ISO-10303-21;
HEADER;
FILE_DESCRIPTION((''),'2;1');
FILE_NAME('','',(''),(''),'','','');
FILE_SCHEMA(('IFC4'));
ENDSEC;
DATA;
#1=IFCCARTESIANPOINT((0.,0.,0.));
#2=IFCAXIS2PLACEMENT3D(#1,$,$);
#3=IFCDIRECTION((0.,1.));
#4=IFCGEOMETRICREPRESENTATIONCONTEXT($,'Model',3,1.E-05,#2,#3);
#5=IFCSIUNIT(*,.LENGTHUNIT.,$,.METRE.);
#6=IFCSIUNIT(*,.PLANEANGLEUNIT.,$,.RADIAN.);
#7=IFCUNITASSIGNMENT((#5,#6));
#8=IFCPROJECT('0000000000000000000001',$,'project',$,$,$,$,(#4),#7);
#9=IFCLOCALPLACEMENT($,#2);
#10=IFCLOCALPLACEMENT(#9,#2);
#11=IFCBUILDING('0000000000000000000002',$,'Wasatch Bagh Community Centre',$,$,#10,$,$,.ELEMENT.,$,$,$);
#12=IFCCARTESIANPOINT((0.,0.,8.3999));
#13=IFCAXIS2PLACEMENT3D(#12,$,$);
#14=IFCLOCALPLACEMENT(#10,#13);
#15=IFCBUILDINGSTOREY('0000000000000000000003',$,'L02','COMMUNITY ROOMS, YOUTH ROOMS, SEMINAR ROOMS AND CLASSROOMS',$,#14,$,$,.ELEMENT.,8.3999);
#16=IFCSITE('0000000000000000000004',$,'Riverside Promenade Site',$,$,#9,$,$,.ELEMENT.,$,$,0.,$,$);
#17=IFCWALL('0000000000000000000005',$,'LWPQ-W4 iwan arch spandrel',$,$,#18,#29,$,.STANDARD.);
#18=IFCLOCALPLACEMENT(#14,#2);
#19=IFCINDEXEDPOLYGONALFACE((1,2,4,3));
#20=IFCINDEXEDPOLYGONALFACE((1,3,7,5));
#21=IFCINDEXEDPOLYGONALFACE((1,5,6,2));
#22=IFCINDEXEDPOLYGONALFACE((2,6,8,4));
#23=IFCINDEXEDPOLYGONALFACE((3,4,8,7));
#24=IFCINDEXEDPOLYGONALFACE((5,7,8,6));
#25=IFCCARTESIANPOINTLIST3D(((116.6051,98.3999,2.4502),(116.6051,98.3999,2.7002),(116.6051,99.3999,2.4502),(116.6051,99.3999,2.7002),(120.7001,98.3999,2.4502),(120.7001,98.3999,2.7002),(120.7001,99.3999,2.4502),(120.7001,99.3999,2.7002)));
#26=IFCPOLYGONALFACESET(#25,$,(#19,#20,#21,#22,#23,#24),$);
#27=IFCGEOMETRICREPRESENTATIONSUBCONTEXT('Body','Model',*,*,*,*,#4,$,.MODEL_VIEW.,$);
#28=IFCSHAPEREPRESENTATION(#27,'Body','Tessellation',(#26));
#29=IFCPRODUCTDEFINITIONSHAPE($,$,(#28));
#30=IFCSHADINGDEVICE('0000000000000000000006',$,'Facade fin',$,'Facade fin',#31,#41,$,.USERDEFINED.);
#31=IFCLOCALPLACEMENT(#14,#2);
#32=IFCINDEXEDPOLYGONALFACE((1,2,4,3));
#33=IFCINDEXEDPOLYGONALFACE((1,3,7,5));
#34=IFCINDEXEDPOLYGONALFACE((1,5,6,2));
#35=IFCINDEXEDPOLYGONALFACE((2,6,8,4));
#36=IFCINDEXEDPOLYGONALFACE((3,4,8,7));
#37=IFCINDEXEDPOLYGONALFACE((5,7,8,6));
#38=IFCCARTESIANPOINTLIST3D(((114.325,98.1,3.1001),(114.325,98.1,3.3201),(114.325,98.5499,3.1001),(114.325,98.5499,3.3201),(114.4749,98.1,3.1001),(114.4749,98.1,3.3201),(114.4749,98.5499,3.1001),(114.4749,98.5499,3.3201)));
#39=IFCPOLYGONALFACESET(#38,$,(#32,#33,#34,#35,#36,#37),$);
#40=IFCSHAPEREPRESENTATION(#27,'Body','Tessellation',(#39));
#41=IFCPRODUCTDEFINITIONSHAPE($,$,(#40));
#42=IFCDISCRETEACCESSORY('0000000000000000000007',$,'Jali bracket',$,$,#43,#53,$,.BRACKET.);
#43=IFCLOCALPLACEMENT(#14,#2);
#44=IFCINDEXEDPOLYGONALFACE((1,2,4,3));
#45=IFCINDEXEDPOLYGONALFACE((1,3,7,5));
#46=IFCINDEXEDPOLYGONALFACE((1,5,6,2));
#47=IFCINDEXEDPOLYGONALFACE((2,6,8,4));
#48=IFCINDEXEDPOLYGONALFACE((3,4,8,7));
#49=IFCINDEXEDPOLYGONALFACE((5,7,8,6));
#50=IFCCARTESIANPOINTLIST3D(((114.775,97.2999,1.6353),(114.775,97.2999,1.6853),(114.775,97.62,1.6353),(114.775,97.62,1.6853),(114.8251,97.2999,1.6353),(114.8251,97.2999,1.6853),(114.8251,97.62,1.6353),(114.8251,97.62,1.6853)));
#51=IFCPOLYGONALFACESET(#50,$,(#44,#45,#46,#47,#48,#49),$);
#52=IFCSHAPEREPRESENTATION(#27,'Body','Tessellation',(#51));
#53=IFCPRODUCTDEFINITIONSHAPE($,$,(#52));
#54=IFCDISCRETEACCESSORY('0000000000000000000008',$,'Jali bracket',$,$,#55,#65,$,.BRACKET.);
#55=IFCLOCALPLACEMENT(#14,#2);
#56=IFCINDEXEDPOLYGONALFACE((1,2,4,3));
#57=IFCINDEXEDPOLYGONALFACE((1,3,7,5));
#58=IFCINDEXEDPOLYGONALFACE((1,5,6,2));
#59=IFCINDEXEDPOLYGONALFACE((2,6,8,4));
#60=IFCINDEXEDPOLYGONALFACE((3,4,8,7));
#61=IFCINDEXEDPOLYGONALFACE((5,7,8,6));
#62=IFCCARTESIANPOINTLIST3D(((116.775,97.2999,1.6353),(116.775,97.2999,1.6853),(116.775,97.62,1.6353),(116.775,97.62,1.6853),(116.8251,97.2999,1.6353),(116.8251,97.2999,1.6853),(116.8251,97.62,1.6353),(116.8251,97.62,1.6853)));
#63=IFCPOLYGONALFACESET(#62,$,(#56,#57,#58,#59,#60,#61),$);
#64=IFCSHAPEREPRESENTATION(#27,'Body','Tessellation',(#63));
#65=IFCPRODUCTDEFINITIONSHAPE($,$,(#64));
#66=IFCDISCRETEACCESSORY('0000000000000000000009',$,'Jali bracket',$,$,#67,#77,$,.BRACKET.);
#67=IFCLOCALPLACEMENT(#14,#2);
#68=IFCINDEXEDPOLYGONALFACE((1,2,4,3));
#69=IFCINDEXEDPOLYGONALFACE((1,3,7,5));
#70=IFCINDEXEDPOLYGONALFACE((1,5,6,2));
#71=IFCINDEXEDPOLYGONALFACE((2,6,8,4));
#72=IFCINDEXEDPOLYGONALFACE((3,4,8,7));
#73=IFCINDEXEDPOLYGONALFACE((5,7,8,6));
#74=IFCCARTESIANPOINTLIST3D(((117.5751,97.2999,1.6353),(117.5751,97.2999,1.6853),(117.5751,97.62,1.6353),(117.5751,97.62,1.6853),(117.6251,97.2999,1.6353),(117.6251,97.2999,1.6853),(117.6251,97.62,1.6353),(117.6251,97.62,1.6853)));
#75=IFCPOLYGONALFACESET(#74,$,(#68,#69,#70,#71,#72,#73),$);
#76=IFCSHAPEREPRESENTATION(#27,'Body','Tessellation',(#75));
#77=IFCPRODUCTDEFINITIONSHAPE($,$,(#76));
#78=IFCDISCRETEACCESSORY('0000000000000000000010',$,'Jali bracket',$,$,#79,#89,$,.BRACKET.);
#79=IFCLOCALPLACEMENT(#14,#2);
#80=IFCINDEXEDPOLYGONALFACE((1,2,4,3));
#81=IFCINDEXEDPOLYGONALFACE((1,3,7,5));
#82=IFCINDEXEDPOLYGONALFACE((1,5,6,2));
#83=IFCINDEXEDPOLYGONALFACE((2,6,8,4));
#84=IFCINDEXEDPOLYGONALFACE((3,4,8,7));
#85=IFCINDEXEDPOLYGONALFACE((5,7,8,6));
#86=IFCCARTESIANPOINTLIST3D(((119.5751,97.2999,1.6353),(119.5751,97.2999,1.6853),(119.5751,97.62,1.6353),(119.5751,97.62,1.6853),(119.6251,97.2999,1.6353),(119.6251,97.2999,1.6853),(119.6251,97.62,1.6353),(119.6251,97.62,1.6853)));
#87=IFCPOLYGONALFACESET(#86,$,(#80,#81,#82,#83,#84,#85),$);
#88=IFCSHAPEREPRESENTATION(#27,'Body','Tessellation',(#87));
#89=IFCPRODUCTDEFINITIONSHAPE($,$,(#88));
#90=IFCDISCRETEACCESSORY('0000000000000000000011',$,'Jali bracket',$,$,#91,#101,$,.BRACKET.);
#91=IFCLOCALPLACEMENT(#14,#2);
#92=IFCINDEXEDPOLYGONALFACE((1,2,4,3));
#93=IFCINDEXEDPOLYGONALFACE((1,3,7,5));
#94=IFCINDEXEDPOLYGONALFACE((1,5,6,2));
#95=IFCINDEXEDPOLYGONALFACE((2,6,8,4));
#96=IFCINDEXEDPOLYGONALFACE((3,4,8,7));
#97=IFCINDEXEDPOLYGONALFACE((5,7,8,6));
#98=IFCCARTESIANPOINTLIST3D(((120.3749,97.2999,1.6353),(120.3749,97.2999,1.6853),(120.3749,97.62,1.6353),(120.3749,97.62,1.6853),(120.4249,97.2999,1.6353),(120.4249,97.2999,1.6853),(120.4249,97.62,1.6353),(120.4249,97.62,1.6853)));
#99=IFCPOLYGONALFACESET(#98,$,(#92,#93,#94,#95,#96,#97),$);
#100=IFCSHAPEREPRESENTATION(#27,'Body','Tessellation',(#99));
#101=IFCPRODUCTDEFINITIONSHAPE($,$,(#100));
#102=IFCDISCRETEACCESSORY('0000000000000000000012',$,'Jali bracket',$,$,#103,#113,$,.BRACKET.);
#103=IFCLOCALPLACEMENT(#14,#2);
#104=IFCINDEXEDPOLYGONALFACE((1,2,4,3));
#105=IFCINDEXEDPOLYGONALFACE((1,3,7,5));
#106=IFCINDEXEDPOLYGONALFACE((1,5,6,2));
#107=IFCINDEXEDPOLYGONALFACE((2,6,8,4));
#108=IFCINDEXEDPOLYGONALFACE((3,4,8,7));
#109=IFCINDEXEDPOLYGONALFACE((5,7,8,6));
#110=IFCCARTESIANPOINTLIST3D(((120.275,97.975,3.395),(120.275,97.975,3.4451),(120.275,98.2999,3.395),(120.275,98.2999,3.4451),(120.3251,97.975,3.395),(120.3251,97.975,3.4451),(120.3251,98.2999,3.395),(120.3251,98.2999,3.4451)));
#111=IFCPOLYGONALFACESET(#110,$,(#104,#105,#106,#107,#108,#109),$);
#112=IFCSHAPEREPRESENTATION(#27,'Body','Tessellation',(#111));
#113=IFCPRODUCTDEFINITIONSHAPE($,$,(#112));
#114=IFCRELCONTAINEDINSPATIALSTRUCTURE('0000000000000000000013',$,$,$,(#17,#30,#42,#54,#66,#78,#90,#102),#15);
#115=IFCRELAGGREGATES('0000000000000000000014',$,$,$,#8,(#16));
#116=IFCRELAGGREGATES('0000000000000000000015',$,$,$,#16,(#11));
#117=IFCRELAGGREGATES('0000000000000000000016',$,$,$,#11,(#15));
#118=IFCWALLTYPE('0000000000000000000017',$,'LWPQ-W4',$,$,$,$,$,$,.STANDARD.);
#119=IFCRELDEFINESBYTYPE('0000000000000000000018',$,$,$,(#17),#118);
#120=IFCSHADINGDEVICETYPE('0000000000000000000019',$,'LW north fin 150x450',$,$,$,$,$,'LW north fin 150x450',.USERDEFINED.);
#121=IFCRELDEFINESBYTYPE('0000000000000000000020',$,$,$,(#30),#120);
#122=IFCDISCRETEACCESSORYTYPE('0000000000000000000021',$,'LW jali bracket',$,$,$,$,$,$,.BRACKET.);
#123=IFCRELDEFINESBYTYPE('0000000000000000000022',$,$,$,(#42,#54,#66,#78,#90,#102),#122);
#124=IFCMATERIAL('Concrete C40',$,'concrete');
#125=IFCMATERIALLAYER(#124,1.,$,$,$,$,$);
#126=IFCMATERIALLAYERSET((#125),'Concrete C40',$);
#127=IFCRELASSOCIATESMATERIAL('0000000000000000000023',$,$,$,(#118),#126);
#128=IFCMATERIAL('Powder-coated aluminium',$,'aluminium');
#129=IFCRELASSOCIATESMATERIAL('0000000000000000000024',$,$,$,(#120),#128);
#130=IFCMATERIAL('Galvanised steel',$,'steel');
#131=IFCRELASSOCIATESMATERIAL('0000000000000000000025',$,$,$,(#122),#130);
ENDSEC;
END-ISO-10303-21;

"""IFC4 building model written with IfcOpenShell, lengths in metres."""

from ifc_helpers import new_model, si_unit, direction, frame, frame_2d, origin, origin_2d, place, context, subcontext, project, spatial, rectangle, extrude, material, layer, layer_set, type_object, element, save


model = new_model("IFC4")

# Units and contexts
model_context = context("Model", 3, precision=1e-05, world=origin(), true_north=direction((0.0, 1.0)))
body_context = subcontext(model_context, "Body", "Model", "MODEL_VIEW")
ifc_project = project(units=[si_unit("LENGTHUNIT", "METRE"), si_unit("PLANEANGLEUNIT", "RADIAN")], contexts=[model_context])

# Site, building, storey
site_placement = place(None, origin())
site = spatial("IfcSite", under=ifc_project, at=site_placement, Name="Riverside Promenade Site", CompositionType="ELEMENT", RefElevation=0.0)
building_placement = place(site_placement, origin())
building = spatial("IfcBuilding", under=site, at=building_placement, Name="Wasatch Bagh Community Centre", CompositionType="ELEMENT")
storey_placement = place(building_placement, frame((0.0, 0.0, 8.3999)))
storey = spatial("IfcBuildingStorey", under=building, at=storey_placement, Name="L02", Description="COMMUNITY ROOMS, YOUTH ROOMS, SEMINAR ROOMS AND CLASSROOMS", CompositionType="ELEMENT", Elevation=8.3999)

# Shared definitions
ifc_material_1 = material(Name="Concrete C40", Category="concrete")

# Wall
ifc_layer_1 = layer(ifc_material_1, 1.0)
ifc_layer_set_1 = layer_set([ifc_layer_1], Name="Concrete C40")
wall_type_1 = type_object("IfcWallType", Name="LWPQ-W4", PredefinedType="STANDARD", material=ifc_layer_set_1)
wall_1_placement = place(storey_placement, frame((120.7, 98.8999, 2.4502), z_axis=(0.0, 0.0, 1.0), x_axis=(-1.0, 0.0, 0.0)))
element("IfcWall", 1, at=wall_1_placement, inside=storey, type_object=wall_type_1, Name="LWPQ-W4 iwan arch spandrel", PredefinedType="STANDARD", context=body_context, shape_type="SweptSolid", body=[
    extrude(rectangle(XDim=4.095, YDim=1.0, at=frame_2d((2.0474, 0.0))), origin(), (0.0, 0.0, 1.0), 0.25),
])

# Shading device
ifc_material_2 = material(Name="Powder-coated aluminium", Category="aluminium")
shading_device_type = type_object("IfcShadingDeviceType", Name="LW north fin 150x450", ElementType="LW north fin 150x450", PredefinedType="USERDEFINED", material=ifc_material_2)
shading_device_placement = place(storey_placement, frame((114.3999, 98.325, 3.1001), z_axis=(0.0, 0.0, 1.0), x_axis=(1.0, 0.0, 0.0)))
element("IfcShadingDevice", 2, at=shading_device_placement, inside=storey, type_object=shading_device_type, Name="Facade fin", ObjectType="Facade fin", PredefinedType="USERDEFINED", context=body_context, shape_type="SweptSolid", body=[
    extrude(rectangle(XDim=0.1499, YDim=0.45, at=origin_2d()), origin(), (0.0, 0.0, 1.0), 0.22),
])

# Discrete accessories
ifc_material_3 = material(Name="Galvanised steel", Category="steel")
discrete_accessory_type = type_object("IfcDiscreteAccessoryType", Name="LW jali bracket", PredefinedType="BRACKET", material=ifc_material_3)
for number, where, z_axis, x_axis, name in (
    (3, (114.8, 97.46, 1.6353), (0.0, 0.0, 1.0), (1.0, 0.0, 0.0), "Jali bracket"),
    (4, (116.8, 97.46, 1.6353), (0.0, 0.0, 1.0), (1.0, 0.0, 0.0), "Jali bracket"),
    (5, (117.6001, 97.46, 1.6353), (0.0, 0.0, 1.0), (1.0, 0.0, 0.0), "Jali bracket"),
    (6, (119.6001, 97.46, 1.6353), (0.0, 0.0, 1.0), (1.0, 0.0, 0.0), "Jali bracket"),
    (7, (120.3999, 97.46, 1.6353), (0.0, 0.0, 1.0), (1.0, 0.0, 0.0), "Jali bracket"),
):
    element("IfcDiscreteAccessory", number, at=place(storey_placement, frame(where, z_axis=z_axis, x_axis=x_axis)), inside=storey, type_object=discrete_accessory_type, Name=name, PredefinedType="BRACKET", context=body_context, shape_type="SweptSolid", body=[
        extrude(rectangle(XDim=0.05, YDim=0.3201, at=origin_2d()), origin(), (0.0, 0.0, 1.0), 0.05),
    ])
discrete_accessory_placement = place(storey_placement, frame((120.3, 98.1375, 3.395), z_axis=(0.0, 0.0, 1.0), x_axis=(1.0, 0.0, 0.0)))
element("IfcDiscreteAccessory", 8, at=discrete_accessory_placement, inside=storey, type_object=discrete_accessory_type, Name="Jali bracket", PredefinedType="BRACKET", context=body_context, shape_type="SweptSolid", body=[
    extrude(rectangle(XDim=0.05, YDim=0.325, at=origin_2d()), origin(), (0.0, 0.0, 1.0), 0.05),
])

save(model, "model.ifc")
